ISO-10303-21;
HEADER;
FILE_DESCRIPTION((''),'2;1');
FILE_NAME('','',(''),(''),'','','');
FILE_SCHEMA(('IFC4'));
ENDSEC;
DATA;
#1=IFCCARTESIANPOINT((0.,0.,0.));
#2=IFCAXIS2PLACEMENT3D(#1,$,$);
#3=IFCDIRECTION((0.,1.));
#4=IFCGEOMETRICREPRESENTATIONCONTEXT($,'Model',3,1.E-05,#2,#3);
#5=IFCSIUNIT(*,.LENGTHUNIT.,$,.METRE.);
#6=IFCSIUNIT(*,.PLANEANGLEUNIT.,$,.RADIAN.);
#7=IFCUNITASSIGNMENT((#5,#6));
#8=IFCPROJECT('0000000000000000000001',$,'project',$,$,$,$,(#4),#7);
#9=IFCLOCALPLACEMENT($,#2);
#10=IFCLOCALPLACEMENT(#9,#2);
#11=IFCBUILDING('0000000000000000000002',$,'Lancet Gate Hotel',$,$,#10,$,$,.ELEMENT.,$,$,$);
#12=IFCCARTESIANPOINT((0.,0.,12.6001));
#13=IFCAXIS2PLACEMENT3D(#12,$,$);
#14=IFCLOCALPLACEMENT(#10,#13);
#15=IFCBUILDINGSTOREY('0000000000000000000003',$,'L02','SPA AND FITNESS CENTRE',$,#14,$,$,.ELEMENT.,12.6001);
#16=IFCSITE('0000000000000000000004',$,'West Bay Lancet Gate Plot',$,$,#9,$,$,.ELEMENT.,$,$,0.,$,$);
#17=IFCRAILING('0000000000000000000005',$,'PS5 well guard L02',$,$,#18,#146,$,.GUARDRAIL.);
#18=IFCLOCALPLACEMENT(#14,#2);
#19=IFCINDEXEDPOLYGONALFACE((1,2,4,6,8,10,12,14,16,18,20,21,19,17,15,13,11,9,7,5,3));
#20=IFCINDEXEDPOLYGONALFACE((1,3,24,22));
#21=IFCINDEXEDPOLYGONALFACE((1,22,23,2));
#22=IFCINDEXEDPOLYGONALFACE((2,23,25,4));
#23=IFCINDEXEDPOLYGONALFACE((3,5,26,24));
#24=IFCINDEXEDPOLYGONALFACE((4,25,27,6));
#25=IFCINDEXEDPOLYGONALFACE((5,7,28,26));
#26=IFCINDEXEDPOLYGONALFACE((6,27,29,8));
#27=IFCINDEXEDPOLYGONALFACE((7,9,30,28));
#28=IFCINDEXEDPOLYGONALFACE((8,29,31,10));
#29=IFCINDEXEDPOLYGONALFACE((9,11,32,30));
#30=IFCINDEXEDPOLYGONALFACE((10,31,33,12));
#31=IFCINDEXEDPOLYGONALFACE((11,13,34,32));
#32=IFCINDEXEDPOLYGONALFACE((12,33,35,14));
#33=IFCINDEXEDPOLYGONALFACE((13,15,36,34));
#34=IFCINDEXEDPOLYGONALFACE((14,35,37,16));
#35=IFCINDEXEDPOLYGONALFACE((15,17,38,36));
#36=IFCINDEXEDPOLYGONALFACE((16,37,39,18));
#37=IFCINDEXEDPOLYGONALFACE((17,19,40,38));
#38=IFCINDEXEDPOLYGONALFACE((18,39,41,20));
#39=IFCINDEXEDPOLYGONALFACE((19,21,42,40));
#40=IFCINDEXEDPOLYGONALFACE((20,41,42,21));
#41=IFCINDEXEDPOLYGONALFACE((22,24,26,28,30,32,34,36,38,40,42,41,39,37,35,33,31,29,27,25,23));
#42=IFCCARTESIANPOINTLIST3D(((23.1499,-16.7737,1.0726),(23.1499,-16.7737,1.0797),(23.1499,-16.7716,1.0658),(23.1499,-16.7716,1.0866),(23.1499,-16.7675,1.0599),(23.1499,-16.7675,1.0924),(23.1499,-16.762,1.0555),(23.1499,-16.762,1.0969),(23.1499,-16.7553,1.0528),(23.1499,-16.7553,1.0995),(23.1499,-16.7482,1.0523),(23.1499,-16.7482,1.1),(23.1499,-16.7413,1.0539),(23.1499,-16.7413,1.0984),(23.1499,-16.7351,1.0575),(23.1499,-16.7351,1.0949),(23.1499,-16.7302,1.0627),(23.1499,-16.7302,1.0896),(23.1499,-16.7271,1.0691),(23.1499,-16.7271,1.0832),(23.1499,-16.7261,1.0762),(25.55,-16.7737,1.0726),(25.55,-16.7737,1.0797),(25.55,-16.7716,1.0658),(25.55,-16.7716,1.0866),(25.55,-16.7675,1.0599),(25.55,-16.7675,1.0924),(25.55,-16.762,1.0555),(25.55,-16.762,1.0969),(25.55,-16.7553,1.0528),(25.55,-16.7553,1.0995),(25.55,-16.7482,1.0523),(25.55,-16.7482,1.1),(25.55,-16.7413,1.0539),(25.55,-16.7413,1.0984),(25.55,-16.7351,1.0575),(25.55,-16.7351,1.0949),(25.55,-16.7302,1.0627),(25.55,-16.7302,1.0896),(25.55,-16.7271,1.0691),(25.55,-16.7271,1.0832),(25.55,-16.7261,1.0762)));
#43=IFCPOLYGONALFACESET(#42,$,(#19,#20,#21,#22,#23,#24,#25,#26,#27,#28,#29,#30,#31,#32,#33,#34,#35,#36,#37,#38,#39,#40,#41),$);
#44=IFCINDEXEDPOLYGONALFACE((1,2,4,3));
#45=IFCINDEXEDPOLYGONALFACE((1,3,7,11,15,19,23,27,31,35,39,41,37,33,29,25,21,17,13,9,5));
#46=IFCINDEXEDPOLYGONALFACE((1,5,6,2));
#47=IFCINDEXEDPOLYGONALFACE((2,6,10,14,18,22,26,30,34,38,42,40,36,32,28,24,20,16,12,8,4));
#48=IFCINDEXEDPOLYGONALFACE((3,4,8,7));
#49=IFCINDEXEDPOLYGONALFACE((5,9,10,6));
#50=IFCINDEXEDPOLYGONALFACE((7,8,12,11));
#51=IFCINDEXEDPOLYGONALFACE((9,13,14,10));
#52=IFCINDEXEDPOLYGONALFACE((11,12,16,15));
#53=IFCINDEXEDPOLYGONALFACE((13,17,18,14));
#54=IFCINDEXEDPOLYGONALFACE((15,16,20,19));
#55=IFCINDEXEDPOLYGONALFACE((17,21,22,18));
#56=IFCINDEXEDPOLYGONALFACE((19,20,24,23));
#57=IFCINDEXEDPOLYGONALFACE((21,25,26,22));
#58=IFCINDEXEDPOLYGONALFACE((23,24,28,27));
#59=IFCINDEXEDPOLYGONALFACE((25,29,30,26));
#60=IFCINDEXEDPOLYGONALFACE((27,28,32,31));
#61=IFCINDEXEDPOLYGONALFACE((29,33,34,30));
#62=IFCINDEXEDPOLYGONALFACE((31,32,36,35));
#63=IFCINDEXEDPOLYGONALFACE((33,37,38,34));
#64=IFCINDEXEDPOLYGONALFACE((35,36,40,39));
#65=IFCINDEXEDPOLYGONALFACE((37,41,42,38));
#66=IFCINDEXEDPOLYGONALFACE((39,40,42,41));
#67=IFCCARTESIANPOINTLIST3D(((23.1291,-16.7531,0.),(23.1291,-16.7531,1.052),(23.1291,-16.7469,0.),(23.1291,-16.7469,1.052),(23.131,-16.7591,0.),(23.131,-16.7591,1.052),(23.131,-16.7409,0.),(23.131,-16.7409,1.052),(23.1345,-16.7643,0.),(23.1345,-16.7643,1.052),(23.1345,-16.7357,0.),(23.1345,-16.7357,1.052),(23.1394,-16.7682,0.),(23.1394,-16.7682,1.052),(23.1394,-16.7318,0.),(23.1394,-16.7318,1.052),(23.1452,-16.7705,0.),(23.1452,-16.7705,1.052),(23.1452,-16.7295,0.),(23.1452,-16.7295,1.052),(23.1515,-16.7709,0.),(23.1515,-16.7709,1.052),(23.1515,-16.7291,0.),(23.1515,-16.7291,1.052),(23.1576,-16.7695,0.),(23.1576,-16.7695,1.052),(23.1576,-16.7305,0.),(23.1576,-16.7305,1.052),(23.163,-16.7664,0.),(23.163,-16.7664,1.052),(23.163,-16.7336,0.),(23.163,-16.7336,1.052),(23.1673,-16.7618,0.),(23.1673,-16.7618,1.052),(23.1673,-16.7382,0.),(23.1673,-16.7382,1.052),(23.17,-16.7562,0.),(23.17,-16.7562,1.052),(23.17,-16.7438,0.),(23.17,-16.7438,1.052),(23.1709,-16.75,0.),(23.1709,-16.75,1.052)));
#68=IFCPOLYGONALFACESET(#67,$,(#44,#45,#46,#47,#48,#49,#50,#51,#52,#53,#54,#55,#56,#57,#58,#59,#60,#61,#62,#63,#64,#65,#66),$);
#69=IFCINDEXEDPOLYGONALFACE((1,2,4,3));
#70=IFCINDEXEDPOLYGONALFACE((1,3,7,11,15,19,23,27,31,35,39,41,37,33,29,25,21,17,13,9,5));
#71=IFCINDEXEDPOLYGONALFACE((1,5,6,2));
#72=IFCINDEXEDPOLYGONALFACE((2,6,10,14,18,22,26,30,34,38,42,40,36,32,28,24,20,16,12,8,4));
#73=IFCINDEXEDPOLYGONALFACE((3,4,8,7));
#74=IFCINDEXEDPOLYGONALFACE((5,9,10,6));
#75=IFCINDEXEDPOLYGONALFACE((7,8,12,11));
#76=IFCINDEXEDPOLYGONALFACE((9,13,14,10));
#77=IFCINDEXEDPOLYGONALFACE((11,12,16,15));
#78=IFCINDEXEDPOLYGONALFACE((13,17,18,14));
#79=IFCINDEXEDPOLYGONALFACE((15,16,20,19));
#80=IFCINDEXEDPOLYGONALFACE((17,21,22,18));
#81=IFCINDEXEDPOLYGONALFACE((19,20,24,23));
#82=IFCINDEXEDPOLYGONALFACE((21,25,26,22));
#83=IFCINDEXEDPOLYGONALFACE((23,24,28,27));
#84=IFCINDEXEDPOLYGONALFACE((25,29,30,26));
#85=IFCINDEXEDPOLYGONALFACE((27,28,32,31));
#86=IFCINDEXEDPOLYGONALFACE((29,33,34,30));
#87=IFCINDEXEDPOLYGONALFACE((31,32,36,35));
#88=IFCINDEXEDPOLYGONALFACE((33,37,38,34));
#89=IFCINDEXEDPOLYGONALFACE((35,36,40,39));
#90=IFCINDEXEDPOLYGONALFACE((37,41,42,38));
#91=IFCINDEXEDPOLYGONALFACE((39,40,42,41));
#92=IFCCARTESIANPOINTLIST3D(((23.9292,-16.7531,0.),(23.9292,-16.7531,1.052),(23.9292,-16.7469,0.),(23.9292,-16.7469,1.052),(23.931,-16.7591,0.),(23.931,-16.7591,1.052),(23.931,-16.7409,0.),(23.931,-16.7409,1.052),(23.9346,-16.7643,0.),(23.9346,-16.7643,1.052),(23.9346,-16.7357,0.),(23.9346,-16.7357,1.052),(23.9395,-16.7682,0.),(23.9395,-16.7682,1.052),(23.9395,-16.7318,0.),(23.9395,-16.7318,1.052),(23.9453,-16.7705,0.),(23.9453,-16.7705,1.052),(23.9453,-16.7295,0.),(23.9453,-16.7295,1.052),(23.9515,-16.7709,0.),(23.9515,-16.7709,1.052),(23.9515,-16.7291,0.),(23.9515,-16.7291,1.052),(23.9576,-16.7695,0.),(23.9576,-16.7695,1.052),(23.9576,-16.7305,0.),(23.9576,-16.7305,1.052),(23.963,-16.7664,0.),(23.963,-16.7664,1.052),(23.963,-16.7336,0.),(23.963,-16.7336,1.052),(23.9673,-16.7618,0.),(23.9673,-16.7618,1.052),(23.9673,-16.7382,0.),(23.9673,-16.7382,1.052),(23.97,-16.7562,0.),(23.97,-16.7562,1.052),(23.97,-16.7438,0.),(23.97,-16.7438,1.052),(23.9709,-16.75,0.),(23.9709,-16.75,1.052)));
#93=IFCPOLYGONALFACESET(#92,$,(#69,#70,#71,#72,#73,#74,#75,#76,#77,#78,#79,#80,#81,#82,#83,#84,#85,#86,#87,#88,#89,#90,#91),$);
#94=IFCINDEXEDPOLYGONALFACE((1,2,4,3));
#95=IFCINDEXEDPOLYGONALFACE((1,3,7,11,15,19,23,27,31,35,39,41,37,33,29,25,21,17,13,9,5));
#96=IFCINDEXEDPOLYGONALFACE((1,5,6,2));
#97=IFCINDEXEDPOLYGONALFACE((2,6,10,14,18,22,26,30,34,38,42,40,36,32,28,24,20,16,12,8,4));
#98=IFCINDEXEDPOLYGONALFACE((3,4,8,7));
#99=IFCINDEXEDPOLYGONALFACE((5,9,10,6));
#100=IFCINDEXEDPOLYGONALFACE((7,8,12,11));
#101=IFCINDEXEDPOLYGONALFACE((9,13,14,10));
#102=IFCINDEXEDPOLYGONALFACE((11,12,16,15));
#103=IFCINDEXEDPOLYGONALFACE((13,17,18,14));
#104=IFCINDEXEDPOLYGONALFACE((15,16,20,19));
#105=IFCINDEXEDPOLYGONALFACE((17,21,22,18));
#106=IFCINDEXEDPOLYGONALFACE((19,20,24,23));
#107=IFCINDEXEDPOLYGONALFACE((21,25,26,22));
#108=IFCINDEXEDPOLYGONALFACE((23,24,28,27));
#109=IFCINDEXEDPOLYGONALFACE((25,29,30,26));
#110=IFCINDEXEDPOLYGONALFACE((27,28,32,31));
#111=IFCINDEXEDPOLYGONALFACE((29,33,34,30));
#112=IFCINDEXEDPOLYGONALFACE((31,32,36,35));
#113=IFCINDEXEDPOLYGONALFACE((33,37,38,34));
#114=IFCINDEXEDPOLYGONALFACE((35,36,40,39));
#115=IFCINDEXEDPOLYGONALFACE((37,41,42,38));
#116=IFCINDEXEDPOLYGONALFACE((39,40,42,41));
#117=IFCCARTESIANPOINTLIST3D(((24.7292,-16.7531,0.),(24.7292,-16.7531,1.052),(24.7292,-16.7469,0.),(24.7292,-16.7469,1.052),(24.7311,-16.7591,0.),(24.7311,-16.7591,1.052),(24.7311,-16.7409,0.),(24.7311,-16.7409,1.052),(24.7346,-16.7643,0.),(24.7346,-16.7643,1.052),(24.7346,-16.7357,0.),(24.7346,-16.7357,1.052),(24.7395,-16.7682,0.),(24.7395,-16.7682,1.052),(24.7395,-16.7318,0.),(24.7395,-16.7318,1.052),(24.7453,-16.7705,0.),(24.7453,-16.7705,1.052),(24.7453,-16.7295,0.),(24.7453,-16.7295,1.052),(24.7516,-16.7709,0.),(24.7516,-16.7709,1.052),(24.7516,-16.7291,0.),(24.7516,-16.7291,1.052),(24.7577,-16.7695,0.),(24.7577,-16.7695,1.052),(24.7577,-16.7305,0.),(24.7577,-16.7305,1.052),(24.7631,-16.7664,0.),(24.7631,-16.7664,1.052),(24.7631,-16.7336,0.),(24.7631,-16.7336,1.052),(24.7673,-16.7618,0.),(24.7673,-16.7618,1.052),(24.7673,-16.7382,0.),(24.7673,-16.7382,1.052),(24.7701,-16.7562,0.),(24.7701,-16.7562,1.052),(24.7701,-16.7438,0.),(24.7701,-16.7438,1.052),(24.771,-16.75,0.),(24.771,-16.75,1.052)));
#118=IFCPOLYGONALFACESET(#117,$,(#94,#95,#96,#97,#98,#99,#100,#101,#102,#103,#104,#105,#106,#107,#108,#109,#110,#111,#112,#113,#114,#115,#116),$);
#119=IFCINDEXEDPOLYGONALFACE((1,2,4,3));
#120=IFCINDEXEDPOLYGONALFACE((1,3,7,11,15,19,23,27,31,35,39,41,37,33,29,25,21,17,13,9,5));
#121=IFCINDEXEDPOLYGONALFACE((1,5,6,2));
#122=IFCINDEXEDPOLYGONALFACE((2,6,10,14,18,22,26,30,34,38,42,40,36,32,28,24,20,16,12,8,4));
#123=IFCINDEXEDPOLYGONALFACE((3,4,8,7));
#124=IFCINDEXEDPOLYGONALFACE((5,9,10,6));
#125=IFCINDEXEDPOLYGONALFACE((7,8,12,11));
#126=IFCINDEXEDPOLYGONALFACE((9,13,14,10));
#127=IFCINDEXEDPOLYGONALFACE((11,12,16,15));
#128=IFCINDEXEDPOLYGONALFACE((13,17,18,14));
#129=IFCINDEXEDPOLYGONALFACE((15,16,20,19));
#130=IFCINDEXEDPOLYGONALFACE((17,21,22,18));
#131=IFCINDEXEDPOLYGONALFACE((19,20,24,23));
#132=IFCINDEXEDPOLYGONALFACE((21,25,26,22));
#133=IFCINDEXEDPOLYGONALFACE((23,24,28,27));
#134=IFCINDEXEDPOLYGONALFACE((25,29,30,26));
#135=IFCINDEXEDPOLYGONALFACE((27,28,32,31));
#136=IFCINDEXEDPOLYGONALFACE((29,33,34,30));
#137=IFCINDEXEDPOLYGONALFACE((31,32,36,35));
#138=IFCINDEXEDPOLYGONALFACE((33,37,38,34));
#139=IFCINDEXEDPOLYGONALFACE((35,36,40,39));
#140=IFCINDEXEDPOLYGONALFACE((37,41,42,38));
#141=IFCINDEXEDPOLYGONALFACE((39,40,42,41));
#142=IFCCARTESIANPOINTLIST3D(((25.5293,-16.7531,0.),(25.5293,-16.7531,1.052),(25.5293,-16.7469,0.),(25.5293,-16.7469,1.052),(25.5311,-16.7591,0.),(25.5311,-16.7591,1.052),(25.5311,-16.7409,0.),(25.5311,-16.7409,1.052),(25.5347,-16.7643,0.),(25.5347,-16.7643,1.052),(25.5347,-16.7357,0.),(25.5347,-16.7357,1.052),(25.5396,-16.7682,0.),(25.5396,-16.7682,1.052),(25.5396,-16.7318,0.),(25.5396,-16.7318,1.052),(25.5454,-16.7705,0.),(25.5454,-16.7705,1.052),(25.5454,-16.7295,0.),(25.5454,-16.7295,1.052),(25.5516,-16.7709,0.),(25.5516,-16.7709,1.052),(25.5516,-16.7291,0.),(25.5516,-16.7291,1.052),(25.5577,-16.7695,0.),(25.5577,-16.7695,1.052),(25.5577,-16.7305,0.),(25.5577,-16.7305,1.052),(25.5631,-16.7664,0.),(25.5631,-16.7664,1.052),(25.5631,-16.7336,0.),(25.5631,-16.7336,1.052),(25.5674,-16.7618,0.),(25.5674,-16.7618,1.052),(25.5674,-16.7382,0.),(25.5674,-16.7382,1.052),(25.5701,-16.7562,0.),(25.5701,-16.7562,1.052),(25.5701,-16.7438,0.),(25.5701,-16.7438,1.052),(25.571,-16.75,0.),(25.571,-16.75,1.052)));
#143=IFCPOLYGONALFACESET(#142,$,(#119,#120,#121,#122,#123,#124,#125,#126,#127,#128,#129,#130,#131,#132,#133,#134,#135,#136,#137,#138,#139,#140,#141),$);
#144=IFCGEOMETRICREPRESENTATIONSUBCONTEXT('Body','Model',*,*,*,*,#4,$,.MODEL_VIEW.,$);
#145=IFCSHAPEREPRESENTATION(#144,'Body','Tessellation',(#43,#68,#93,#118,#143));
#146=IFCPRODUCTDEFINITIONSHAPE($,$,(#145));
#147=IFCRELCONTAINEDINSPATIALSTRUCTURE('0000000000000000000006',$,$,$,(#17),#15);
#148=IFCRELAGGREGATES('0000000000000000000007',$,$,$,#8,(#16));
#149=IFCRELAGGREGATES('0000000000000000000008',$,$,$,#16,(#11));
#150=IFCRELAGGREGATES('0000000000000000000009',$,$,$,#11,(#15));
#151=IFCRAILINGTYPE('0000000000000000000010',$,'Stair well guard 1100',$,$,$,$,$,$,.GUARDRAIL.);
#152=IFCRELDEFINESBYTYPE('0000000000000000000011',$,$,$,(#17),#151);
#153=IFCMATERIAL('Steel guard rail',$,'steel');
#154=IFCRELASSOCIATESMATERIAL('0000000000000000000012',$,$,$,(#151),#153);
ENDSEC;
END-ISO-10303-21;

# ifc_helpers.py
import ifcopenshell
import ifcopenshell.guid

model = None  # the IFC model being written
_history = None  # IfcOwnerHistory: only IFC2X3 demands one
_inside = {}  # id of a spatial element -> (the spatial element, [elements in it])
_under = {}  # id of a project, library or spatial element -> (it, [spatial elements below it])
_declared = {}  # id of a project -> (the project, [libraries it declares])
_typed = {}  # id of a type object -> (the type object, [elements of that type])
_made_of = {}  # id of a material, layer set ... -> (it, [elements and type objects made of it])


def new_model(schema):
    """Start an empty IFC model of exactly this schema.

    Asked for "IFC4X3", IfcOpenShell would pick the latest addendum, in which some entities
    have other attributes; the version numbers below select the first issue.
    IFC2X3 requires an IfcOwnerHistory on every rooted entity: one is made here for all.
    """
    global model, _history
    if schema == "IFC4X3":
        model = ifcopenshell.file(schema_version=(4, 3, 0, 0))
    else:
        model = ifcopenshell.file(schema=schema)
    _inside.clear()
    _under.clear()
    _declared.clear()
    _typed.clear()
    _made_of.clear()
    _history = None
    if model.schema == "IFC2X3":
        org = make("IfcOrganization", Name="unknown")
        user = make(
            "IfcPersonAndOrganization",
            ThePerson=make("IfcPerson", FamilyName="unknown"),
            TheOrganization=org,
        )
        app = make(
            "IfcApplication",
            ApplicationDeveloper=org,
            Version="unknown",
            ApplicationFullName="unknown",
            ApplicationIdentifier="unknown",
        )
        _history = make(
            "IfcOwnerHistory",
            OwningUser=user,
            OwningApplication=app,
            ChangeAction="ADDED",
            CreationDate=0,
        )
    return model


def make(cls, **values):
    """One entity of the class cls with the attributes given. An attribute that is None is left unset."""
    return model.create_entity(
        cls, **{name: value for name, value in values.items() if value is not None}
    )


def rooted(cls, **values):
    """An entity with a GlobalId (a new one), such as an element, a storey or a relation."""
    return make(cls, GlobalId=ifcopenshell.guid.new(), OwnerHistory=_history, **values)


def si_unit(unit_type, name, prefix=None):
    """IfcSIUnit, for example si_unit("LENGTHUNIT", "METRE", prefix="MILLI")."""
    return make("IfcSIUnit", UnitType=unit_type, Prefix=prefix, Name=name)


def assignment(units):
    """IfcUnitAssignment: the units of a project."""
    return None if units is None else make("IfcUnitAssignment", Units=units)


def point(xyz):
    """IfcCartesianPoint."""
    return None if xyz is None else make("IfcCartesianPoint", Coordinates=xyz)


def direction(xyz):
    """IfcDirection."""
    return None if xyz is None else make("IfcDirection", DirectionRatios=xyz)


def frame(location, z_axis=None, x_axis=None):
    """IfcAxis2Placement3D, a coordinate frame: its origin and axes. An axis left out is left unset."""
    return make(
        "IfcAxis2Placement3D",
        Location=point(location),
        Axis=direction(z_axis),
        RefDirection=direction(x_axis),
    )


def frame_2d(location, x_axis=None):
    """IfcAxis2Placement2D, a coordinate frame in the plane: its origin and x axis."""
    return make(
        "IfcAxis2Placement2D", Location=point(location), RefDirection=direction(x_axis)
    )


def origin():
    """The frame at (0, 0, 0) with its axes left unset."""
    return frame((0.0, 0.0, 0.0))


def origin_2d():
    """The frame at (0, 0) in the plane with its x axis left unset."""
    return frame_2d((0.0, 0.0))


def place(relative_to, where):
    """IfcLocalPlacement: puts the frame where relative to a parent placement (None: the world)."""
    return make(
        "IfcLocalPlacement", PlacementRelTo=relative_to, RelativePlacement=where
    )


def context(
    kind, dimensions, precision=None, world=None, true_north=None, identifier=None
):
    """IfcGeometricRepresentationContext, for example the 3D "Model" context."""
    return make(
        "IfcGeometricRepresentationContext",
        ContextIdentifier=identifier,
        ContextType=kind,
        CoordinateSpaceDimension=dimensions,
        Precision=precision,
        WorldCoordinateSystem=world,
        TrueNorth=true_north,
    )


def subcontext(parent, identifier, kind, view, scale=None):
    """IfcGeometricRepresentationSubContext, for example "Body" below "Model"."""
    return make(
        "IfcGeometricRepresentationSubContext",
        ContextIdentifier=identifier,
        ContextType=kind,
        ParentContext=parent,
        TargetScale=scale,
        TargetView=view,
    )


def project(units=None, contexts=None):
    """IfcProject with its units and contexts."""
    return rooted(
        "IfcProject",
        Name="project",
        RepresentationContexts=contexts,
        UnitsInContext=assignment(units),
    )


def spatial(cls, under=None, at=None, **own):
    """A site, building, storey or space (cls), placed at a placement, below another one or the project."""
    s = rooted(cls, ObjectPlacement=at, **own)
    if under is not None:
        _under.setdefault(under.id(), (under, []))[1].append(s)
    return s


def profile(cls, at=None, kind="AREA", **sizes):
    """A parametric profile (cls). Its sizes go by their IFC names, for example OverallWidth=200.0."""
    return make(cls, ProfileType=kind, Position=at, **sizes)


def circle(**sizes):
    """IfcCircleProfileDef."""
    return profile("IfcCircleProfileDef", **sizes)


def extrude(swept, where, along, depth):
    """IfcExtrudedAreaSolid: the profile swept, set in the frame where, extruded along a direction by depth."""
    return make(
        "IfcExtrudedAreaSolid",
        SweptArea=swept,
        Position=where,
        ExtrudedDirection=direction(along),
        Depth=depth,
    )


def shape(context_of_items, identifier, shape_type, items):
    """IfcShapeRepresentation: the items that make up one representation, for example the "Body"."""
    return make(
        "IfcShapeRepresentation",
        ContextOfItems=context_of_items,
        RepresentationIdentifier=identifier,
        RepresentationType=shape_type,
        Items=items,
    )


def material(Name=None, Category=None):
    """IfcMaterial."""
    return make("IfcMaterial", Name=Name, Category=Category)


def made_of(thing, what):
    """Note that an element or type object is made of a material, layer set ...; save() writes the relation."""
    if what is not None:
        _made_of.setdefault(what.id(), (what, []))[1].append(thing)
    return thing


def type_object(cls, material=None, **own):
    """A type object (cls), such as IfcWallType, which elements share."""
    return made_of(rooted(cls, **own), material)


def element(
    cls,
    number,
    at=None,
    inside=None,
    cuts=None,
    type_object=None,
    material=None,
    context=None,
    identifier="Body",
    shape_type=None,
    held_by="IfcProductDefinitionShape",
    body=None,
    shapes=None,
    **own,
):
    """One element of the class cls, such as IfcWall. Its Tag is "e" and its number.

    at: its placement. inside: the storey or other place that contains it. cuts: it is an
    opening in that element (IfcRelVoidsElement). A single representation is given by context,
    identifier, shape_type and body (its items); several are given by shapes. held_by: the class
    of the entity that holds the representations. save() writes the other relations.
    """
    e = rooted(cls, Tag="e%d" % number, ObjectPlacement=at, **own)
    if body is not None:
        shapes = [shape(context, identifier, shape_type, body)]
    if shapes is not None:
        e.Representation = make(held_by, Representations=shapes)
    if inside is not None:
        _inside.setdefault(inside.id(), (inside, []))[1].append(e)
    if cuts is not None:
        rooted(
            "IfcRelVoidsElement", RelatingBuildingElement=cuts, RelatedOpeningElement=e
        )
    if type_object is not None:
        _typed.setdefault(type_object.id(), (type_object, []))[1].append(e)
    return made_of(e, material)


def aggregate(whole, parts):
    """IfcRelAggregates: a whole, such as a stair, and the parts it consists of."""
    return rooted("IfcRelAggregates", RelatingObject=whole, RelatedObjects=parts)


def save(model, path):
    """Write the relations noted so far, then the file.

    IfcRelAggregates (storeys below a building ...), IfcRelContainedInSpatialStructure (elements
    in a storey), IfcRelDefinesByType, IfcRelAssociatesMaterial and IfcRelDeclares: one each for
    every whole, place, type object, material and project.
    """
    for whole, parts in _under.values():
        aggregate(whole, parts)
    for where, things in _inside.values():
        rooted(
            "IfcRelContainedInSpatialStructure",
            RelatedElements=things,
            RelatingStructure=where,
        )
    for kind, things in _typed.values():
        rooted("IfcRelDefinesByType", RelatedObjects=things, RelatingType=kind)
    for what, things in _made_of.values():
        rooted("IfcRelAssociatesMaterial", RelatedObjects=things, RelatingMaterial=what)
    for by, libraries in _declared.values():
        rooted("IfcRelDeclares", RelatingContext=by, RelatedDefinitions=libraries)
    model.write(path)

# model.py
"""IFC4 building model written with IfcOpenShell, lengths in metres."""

from ifc_helpers import new_model, si_unit, direction, frame, origin, origin_2d, place, context, subcontext, project, spatial, circle, extrude, material, type_object, element, save


model = new_model("IFC4")

# Units and contexts
model_context = context("Model", 3, precision=1e-05, world=origin(), true_north=direction((0.0, 1.0)))
body_context = subcontext(model_context, "Body", "Model", "MODEL_VIEW")
ifc_project = project(units=[si_unit("LENGTHUNIT", "METRE"), si_unit("PLANEANGLEUNIT", "RADIAN")], contexts=[model_context])

# Site, building, storey
site_placement = place(None, origin())
site = spatial("IfcSite", under=ifc_project, at=site_placement, Name="West Bay Lancet Gate Plot", CompositionType="ELEMENT", RefElevation=0.0)
building_placement = place(site_placement, origin())
building = spatial("IfcBuilding", under=site, at=building_placement, Name="Lancet Gate Hotel", CompositionType="ELEMENT")
storey_placement = place(building_placement, frame((0.0, 0.0, 12.6001)))
storey = spatial("IfcBuildingStorey", under=building, at=storey_placement, Name="L02", Description="SPA AND FITNESS CENTRE", CompositionType="ELEMENT", Elevation=12.6001)

# Railing
ifc_material_1 = material(Name="Steel guard rail", Category="steel")
railing_type = type_object("IfcRailingType", Name="Stair well guard 1100", PredefinedType="GUARDRAIL", material=ifc_material_1)
railing_placement = place(storey_placement, frame((23.1499, -16.75, 0.0)))
element("IfcRailing", 1, at=railing_placement, inside=storey, type_object=railing_type, Name="PS5 well guard L02", PredefinedType="GUARDRAIL", context=body_context, shape_type="SweptSolid", body=[
    extrude(circle(Radius=0.0239, at=origin_2d()), frame((0.0, 0.0, 1.0762), z_axis=(1.0, 0.0, 0.0), x_axis=(0.0, 1.0, 0.0)), (0.0, 0.0, 1.0), 2.4001),
    extrude(circle(Radius=0.021, at=origin_2d()), origin(), (0.0, 0.0, 1.0), 1.052),
    extrude(circle(Radius=0.021, at=origin_2d()), frame((0.8, 0.0, 0.0)), (0.0, 0.0, 1.0), 1.052),
    extrude(circle(Radius=0.021, at=origin_2d()), frame((1.6001, 0.0, 0.0)), (0.0, 0.0, 1.0), 1.052),
    extrude(circle(Radius=0.021, at=origin_2d()), frame((2.4001, 0.0, 0.0)), (0.0, 0.0, 1.0), 1.052),
])

save(model, "model.ifc")
